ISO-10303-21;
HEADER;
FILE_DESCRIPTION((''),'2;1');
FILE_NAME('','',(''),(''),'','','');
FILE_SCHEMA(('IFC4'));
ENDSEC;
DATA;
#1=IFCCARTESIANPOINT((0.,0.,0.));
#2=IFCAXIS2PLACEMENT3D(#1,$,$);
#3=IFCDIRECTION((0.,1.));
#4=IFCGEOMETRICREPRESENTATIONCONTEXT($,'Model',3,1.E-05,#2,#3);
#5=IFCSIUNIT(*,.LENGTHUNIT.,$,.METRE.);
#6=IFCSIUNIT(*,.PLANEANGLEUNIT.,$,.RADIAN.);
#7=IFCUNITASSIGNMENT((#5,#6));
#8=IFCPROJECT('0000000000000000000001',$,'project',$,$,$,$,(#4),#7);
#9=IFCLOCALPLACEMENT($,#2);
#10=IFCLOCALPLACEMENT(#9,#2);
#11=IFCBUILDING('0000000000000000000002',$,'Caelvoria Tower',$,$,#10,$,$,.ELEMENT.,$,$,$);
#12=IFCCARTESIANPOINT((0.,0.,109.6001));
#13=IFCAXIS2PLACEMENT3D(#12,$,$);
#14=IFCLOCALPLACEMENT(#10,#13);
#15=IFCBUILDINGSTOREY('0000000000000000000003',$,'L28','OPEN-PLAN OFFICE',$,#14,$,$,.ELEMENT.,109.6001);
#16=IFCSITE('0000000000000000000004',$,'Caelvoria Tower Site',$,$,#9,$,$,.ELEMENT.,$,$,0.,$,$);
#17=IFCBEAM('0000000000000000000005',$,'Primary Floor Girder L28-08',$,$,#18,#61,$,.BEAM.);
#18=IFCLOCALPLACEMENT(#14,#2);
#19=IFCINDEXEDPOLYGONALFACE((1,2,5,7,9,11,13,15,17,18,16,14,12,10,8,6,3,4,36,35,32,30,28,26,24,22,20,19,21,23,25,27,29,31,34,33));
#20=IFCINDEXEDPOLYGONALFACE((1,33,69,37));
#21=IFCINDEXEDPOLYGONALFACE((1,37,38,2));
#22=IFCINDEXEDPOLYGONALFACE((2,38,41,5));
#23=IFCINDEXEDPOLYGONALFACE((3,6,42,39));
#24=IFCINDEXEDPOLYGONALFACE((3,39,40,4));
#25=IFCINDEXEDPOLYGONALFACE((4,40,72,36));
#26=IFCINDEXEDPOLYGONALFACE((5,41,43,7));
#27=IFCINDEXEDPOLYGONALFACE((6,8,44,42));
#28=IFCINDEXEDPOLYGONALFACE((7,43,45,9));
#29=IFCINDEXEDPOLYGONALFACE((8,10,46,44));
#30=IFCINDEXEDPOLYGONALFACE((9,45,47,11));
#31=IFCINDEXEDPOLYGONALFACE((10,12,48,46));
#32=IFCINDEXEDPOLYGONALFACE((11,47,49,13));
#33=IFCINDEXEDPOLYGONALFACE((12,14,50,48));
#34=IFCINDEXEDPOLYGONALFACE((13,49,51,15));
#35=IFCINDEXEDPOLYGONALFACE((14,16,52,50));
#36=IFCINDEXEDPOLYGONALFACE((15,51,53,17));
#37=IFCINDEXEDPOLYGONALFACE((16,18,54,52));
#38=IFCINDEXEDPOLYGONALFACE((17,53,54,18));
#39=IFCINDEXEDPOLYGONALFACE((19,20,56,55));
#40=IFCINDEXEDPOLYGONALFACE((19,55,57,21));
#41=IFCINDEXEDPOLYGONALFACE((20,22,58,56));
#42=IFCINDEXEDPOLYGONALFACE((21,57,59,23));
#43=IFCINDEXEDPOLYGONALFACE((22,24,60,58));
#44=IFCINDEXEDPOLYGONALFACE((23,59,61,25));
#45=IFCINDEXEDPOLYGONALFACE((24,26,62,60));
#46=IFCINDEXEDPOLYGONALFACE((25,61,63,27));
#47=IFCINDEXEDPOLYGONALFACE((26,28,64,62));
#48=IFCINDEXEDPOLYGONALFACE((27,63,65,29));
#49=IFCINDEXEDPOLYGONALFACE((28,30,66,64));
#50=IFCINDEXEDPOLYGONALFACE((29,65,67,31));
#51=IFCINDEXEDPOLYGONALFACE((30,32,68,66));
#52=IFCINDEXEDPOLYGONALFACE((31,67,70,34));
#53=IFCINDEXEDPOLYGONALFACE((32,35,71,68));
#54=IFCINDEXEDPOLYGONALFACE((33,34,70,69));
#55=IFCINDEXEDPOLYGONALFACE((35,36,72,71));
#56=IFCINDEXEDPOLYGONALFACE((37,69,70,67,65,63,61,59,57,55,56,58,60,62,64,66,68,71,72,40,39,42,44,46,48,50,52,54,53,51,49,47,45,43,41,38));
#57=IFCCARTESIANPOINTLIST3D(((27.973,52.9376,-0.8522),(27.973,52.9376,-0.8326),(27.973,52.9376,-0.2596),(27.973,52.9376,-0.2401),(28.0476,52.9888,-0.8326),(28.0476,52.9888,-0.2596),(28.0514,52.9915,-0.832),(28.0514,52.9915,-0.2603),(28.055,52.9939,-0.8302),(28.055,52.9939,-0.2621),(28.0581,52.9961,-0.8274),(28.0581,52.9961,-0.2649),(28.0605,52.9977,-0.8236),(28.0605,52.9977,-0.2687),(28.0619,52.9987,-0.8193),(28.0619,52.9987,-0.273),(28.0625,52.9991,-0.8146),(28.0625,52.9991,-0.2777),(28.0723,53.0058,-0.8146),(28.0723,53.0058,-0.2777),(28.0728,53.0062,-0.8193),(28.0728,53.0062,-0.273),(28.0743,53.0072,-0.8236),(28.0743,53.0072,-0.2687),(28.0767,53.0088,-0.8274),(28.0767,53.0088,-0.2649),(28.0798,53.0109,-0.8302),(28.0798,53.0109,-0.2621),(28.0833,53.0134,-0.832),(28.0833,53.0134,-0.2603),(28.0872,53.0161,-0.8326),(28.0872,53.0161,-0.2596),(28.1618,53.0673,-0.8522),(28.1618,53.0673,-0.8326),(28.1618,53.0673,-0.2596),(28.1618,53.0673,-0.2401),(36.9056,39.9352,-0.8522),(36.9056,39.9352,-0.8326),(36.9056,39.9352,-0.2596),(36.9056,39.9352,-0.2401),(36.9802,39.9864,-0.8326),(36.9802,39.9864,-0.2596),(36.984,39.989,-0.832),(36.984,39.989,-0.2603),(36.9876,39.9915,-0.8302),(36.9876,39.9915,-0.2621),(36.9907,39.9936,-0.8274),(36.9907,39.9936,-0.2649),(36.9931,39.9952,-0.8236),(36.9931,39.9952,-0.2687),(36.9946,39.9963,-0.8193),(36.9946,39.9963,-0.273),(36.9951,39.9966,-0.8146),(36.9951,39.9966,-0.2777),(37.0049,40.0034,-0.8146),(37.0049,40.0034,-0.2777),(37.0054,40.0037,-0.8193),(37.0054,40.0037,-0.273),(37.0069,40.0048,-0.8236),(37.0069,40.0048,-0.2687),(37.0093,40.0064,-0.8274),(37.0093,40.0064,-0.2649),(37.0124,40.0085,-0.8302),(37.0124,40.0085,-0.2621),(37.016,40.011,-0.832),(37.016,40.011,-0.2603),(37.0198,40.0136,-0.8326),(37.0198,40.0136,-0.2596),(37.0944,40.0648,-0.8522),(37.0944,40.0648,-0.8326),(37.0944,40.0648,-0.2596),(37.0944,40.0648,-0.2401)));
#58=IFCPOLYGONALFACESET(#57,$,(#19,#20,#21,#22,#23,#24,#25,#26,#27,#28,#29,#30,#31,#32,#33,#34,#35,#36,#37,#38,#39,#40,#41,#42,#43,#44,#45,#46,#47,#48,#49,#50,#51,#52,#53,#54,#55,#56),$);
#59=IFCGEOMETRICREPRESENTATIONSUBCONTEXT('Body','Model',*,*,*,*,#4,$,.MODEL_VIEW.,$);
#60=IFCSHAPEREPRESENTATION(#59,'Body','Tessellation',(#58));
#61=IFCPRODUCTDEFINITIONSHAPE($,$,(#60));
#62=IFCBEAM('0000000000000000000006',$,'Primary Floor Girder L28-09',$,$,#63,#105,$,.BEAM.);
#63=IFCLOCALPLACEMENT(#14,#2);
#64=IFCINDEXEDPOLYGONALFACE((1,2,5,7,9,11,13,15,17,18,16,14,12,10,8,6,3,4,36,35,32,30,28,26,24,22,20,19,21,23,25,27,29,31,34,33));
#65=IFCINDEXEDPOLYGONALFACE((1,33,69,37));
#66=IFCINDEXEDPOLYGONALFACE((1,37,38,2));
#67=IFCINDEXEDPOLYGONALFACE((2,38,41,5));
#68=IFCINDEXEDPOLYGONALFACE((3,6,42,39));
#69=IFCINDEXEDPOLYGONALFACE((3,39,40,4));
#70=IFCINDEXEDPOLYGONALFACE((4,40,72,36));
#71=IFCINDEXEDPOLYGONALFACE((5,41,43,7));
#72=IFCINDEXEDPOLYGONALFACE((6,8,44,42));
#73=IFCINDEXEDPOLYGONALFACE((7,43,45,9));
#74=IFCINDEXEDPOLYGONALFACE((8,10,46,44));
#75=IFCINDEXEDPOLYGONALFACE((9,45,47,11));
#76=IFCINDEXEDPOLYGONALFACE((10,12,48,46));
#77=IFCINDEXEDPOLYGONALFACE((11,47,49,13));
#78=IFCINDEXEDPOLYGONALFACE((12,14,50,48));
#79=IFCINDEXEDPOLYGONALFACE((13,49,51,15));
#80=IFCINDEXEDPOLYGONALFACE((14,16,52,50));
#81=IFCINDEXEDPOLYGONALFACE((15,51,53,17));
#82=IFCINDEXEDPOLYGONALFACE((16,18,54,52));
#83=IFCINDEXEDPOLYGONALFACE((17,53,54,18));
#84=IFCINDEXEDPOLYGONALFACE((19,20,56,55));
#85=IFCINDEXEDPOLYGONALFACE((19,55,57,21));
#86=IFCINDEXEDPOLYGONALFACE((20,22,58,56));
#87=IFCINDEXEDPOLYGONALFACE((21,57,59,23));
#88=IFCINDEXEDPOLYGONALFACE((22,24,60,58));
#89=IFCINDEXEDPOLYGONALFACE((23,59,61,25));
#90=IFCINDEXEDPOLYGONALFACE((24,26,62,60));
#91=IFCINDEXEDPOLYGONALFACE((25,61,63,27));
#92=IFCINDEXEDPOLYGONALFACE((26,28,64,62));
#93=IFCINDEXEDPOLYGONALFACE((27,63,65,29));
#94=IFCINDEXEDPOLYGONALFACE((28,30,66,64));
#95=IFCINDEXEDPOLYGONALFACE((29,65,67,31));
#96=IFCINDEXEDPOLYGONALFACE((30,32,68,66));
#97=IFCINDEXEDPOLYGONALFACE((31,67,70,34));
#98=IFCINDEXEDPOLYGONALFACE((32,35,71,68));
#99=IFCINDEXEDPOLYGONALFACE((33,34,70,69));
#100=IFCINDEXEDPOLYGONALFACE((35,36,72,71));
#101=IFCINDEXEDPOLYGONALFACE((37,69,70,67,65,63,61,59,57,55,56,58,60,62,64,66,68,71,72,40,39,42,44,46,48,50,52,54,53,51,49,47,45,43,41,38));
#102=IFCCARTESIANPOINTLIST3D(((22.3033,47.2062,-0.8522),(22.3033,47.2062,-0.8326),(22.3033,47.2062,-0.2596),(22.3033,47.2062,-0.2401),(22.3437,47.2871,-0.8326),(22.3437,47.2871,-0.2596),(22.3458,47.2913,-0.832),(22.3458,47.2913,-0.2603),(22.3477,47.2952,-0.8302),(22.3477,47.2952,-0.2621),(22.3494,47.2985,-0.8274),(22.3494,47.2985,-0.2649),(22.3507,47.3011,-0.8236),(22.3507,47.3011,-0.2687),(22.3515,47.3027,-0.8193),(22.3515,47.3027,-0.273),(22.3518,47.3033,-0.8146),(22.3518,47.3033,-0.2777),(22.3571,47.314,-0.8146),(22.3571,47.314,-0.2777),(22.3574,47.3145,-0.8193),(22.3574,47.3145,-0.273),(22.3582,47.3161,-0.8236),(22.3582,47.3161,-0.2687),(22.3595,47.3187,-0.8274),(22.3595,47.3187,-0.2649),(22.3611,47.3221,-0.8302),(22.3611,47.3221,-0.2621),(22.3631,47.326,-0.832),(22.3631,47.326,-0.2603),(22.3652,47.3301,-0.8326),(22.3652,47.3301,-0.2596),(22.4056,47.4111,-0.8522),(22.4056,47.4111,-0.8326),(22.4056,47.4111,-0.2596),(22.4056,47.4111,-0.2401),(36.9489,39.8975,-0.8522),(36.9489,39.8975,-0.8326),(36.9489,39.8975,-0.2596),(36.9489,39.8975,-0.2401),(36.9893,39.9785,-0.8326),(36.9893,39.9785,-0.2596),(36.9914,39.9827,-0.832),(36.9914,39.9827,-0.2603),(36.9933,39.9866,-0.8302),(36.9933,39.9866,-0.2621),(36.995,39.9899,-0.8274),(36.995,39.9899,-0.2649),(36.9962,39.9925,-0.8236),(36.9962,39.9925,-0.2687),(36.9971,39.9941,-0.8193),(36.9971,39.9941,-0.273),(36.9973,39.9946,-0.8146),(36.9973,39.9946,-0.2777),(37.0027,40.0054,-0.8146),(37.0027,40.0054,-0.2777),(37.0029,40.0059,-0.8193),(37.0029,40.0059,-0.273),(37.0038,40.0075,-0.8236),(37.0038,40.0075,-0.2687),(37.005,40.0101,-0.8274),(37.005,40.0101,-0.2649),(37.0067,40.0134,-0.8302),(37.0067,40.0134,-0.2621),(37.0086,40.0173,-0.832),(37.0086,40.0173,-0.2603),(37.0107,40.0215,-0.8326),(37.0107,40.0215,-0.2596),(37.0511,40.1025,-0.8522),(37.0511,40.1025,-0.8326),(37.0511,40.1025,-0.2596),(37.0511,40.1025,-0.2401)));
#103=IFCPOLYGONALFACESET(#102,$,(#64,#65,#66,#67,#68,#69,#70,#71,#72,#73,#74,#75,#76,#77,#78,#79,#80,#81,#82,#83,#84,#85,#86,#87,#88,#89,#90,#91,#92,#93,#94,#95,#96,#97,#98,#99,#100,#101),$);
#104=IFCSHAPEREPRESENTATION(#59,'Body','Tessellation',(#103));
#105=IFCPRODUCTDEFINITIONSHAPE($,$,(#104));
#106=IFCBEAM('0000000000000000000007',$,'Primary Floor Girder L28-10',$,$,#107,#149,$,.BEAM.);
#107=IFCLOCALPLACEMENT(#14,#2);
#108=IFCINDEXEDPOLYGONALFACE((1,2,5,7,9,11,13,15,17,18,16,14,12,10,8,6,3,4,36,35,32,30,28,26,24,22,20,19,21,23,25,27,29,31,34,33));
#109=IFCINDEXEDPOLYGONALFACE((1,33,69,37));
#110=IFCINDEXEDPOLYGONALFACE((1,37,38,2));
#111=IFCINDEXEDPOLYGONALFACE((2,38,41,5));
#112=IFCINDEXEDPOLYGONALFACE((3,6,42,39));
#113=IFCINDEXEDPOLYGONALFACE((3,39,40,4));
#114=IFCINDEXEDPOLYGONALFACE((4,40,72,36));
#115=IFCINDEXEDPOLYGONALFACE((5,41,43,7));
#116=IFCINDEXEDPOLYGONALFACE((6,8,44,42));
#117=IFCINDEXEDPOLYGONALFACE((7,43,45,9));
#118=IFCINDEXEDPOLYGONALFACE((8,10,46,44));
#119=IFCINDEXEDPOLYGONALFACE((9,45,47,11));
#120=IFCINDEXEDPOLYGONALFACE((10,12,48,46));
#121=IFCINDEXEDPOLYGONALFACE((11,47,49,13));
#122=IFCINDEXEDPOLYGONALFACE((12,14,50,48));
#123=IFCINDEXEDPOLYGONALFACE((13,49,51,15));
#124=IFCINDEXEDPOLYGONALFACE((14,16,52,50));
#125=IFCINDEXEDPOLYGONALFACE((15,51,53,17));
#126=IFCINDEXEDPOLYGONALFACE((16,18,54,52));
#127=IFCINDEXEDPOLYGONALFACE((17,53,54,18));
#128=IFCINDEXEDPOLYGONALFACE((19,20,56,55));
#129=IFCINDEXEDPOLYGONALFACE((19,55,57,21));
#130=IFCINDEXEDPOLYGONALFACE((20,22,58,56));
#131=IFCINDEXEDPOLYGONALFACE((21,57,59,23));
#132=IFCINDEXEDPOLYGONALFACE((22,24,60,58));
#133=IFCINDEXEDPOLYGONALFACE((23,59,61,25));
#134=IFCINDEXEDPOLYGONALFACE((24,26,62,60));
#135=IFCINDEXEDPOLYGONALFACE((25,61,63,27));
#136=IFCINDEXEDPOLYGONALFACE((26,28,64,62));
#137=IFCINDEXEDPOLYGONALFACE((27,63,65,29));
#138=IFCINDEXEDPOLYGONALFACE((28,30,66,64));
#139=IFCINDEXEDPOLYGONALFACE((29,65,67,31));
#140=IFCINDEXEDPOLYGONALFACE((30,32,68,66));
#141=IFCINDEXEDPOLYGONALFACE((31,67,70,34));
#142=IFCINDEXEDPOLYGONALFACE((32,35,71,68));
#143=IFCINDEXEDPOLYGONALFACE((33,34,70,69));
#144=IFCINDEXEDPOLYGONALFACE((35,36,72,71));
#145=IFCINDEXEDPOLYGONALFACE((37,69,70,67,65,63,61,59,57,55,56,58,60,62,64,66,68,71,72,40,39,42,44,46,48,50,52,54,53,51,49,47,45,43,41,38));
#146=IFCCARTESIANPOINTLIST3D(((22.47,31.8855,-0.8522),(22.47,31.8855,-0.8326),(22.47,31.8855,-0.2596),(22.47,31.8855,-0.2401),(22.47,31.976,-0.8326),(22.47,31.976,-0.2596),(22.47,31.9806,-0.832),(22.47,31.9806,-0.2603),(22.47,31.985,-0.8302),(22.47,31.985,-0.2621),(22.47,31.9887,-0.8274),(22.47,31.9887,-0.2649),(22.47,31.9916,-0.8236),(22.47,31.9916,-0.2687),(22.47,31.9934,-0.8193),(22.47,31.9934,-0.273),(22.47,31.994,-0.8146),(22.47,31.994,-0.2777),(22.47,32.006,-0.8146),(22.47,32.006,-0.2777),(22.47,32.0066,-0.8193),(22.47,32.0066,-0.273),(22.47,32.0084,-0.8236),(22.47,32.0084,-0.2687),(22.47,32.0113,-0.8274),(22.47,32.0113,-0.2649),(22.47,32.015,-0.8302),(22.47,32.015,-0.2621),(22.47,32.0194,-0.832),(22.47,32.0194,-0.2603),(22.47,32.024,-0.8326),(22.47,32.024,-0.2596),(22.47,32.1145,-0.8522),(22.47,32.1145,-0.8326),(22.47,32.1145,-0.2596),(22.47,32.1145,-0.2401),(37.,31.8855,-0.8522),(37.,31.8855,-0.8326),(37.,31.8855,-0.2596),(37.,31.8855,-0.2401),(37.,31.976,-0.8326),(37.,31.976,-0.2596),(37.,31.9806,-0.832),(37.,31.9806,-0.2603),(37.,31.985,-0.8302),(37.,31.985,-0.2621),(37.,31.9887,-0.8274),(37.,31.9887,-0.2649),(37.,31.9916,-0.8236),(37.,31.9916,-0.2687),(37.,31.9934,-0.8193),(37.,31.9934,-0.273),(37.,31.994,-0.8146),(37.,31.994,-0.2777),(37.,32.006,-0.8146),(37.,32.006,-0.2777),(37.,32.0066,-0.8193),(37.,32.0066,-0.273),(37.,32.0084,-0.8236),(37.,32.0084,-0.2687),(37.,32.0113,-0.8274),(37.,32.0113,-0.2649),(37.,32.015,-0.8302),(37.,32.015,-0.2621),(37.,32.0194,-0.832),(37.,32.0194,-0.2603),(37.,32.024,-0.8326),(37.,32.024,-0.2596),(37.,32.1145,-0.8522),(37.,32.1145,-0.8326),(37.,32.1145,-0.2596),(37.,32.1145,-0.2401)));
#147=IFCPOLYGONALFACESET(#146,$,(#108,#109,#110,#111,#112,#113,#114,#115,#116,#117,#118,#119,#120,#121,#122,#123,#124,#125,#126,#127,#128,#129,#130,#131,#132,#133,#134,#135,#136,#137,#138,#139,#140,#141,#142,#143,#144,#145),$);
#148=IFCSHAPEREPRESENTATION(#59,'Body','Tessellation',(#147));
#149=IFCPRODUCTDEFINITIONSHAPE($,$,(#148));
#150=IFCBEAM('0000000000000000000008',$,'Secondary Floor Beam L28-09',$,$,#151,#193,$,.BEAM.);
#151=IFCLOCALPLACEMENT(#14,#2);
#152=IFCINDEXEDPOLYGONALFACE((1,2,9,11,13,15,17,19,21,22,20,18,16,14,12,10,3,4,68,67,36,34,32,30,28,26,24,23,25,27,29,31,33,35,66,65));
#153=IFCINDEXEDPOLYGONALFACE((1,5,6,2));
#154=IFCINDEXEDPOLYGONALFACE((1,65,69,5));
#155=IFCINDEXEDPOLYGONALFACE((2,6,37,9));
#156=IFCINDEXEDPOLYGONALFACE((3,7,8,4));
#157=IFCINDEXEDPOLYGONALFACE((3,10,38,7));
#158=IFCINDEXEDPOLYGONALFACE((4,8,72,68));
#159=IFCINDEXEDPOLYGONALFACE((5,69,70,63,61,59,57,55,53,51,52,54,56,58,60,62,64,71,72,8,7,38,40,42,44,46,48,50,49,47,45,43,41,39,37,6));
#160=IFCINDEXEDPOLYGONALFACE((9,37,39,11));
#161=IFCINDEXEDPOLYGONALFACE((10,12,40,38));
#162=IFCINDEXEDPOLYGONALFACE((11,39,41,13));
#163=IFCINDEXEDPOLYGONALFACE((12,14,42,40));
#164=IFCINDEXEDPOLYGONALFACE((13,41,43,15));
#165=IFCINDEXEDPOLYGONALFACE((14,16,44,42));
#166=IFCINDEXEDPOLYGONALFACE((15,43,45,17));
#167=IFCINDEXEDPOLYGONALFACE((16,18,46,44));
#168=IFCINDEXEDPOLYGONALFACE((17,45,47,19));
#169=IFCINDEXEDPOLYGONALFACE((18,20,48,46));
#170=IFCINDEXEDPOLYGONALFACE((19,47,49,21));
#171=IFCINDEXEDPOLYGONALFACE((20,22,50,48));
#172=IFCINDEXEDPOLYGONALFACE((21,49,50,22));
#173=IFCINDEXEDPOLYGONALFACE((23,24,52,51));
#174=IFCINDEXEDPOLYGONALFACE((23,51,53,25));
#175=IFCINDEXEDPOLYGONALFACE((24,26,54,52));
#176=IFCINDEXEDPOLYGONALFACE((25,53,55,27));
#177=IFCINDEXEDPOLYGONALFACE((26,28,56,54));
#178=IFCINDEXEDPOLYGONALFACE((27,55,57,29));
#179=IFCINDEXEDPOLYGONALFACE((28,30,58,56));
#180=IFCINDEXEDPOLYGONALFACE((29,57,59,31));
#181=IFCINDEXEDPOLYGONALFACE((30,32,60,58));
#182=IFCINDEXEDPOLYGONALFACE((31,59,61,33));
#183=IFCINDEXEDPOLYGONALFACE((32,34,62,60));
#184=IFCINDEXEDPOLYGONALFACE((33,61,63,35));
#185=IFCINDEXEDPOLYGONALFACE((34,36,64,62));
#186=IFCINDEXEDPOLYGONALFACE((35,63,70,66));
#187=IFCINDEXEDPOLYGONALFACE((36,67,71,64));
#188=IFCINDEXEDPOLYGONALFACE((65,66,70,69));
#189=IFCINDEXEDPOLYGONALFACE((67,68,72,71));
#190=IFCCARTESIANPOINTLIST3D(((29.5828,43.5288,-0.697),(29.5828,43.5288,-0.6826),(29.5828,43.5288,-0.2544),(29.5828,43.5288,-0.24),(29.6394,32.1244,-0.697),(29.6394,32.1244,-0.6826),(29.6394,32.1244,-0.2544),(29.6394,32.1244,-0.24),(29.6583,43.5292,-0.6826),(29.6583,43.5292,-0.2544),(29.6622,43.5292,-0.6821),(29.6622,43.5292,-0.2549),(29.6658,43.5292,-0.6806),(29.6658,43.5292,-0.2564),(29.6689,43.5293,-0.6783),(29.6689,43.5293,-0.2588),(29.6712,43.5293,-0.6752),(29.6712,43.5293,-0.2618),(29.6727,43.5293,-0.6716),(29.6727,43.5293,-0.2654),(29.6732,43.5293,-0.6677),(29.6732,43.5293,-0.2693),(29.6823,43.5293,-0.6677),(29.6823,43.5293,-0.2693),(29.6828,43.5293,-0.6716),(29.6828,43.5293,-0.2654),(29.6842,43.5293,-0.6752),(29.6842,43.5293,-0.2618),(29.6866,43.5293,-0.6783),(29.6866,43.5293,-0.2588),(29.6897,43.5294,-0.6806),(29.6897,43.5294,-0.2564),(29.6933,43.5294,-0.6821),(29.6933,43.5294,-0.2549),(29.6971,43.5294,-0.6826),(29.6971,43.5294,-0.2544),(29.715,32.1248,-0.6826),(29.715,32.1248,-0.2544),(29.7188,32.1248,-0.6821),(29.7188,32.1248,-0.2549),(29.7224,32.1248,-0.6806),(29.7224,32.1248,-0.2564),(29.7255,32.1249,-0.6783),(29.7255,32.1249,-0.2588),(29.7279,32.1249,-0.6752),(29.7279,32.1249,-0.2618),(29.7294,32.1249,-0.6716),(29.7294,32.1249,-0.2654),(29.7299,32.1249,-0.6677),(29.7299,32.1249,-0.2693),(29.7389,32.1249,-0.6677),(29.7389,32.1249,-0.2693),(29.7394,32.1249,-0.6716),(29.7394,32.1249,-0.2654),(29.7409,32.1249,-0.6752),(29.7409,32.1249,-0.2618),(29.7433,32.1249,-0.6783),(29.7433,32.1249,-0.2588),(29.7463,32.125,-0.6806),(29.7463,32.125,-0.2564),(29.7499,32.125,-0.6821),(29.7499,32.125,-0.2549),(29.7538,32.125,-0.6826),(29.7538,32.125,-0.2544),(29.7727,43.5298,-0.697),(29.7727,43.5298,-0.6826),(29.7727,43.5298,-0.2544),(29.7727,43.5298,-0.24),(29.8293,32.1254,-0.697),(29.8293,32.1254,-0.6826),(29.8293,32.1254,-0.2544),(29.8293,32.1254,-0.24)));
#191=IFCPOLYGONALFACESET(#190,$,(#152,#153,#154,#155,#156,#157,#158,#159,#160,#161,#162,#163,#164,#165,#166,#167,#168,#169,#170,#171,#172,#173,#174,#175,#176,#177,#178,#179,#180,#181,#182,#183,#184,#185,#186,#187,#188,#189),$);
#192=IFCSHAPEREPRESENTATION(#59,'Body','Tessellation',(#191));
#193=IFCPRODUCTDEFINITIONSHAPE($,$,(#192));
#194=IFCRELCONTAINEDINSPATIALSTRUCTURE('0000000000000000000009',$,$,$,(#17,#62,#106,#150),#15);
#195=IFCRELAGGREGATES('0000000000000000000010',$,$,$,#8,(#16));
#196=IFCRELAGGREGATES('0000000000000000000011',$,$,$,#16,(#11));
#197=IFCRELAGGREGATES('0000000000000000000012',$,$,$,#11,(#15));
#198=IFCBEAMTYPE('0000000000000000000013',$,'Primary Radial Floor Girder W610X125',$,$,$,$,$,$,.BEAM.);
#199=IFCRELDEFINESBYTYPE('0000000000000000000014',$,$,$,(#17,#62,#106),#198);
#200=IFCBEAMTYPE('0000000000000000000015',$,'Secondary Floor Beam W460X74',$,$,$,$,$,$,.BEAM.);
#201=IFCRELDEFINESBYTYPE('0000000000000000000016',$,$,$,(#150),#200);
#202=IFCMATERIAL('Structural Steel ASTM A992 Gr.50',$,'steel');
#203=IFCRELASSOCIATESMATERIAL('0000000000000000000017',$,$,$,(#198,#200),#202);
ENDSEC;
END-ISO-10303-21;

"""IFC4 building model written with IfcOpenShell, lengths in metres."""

from ifc_helpers import new_model, si_unit, direction, frame, origin, origin_2d, place, context, subcontext, project, spatial, i_section, extrude, material, material_profile, profile_set, type_object, element, save


model = new_model("IFC4")

# Units and contexts
model_context = context("Model", 3, precision=1e-05, world=origin(), true_north=direction((0.0, 1.0)))
body_context = subcontext(model_context, "Body", "Model", "MODEL_VIEW")
ifc_project = project(units=[si_unit("LENGTHUNIT", "METRE"), si_unit("PLANEANGLEUNIT", "RADIAN")], contexts=[model_context])

# Site, building, storey
site_placement = place(None, origin())
site = spatial("IfcSite", under=ifc_project, at=site_placement, Name="Caelvoria Tower Site", CompositionType="ELEMENT", RefElevation=0.0)
building_placement = place(site_placement, origin())
building = spatial("IfcBuilding", under=site, at=building_placement, Name="Caelvoria Tower", CompositionType="ELEMENT")
storey_placement = place(building_placement, frame((0.0, 0.0, 109.6001)))
storey = spatial("IfcBuildingStorey", under=building, at=storey_placement, Name="L28", Description="OPEN-PLAN OFFICE", CompositionType="ELEMENT", Elevation=109.6001)

# Beams
ifc_material_1 = material(Name="Structural Steel ASTM A992 Gr.50", Category="steel")
ifc_material_profile_1 = material_profile(ifc_material_1, i_section(OverallWidth=0.229, OverallDepth=0.6121, WebThickness=0.012, FlangeThickness=0.0195, FilletRadius=0.0181, at=origin_2d()), Name="Structural Steel ASTM A992 Gr.50")
ifc_profile_set_1 = profile_set([ifc_material_profile_1], Name="W610X125 - Structural Steel ASTM A992 Gr.50")
beam_type_1 = type_object("IfcBeamType", Name="Primary Radial Floor Girder W610X125", PredefinedType="BEAM", material=ifc_profile_set_1)
beam_1_placement = place(storey_placement, frame((37.0, 40.0, -0.5461), z_axis=(-0.566246, 0.824236, 0.0), x_axis=(-0.824236, -0.566246, 0.0)))
element("IfcBeam", 1, at=beam_1_placement, inside=storey, type_object=beam_type_1, Name="Primary Floor Girder L28-08", PredefinedType="BEAM", context=body_context, shape_type="SweptSolid", body=[
    extrude(i_section(OverallWidth=0.229, OverallDepth=0.6121, WebThickness=0.012, FlangeThickness=0.0195, FilletRadius=0.0181, at=origin_2d()), origin(), (0.0, 0.0, 1.0), 15.7751),
])
beam_2_placement = place(storey_placement, frame((37.0, 40.0, -0.5461), z_axis=(-0.894773, 0.446521, 0.0), x_axis=(-0.446521, -0.894773, 0.0)))
element("IfcBeam", 2, at=beam_2_placement, inside=storey, type_object=beam_type_1, Name="Primary Floor Girder L28-09", PredefinedType="BEAM", context=body_context, shape_type="SweptSolid", body=[
    extrude(i_section(OverallWidth=0.229, OverallDepth=0.6121, WebThickness=0.012, FlangeThickness=0.0195, FilletRadius=0.0181, at=origin_2d()), origin(), (0.0, 0.0, 1.0), 16.3679),
])
beam_3_placement = place(storey_placement, frame((37.0, 32.0, -0.5461), z_axis=(-1.0, 0.0, 0.0), x_axis=(0.0, -1.0, 0.0)))
element("IfcBeam", 3, at=beam_3_placement, inside=storey, type_object=beam_type_1, Name="Primary Floor Girder L28-10", PredefinedType="BEAM", context=body_context, shape_type="SweptSolid", body=[
    extrude(i_section(OverallWidth=0.229, OverallDepth=0.6121, WebThickness=0.012, FlangeThickness=0.0195, FilletRadius=0.0181, at=origin_2d()), origin(), (0.0, 0.0, 1.0), 14.53),
])
ifc_material_profile_2 = material_profile(ifc_material_1, i_section(OverallWidth=0.1899, OverallDepth=0.457, WebThickness=0.009, FlangeThickness=0.0144, FilletRadius=0.0149, at=origin_2d()), Name="Structural Steel ASTM A992 Gr.50")
ifc_profile_set_2 = profile_set([ifc_material_profile_2], Name="W460X74 - Structural Steel ASTM A992 Gr.50")
beam_type_2 = type_object("IfcBeamType", Name="Secondary Floor Beam W460X74", PredefinedType="BEAM", material=ifc_profile_set_2)
beam_4_placement = place(storey_placement, frame((29.6777, 43.5293, -0.4685), z_axis=(0.004967, -0.999988, 0.0), x_axis=(0.999988, 0.004967, 0.0)))
element("IfcBeam", 4, at=beam_4_placement, inside=storey, type_object=beam_type_2, Name="Secondary Floor Beam L28-09", PredefinedType="BEAM", context=body_context, shape_type="SweptSolid", body=[
    extrude(i_section(OverallWidth=0.1899, OverallDepth=0.457, WebThickness=0.009, FlangeThickness=0.0144, FilletRadius=0.0149, at=origin_2d()), origin(), (0.0, 0.0, 1.0), 11.4045),
])

save(model, "model.ifc")
